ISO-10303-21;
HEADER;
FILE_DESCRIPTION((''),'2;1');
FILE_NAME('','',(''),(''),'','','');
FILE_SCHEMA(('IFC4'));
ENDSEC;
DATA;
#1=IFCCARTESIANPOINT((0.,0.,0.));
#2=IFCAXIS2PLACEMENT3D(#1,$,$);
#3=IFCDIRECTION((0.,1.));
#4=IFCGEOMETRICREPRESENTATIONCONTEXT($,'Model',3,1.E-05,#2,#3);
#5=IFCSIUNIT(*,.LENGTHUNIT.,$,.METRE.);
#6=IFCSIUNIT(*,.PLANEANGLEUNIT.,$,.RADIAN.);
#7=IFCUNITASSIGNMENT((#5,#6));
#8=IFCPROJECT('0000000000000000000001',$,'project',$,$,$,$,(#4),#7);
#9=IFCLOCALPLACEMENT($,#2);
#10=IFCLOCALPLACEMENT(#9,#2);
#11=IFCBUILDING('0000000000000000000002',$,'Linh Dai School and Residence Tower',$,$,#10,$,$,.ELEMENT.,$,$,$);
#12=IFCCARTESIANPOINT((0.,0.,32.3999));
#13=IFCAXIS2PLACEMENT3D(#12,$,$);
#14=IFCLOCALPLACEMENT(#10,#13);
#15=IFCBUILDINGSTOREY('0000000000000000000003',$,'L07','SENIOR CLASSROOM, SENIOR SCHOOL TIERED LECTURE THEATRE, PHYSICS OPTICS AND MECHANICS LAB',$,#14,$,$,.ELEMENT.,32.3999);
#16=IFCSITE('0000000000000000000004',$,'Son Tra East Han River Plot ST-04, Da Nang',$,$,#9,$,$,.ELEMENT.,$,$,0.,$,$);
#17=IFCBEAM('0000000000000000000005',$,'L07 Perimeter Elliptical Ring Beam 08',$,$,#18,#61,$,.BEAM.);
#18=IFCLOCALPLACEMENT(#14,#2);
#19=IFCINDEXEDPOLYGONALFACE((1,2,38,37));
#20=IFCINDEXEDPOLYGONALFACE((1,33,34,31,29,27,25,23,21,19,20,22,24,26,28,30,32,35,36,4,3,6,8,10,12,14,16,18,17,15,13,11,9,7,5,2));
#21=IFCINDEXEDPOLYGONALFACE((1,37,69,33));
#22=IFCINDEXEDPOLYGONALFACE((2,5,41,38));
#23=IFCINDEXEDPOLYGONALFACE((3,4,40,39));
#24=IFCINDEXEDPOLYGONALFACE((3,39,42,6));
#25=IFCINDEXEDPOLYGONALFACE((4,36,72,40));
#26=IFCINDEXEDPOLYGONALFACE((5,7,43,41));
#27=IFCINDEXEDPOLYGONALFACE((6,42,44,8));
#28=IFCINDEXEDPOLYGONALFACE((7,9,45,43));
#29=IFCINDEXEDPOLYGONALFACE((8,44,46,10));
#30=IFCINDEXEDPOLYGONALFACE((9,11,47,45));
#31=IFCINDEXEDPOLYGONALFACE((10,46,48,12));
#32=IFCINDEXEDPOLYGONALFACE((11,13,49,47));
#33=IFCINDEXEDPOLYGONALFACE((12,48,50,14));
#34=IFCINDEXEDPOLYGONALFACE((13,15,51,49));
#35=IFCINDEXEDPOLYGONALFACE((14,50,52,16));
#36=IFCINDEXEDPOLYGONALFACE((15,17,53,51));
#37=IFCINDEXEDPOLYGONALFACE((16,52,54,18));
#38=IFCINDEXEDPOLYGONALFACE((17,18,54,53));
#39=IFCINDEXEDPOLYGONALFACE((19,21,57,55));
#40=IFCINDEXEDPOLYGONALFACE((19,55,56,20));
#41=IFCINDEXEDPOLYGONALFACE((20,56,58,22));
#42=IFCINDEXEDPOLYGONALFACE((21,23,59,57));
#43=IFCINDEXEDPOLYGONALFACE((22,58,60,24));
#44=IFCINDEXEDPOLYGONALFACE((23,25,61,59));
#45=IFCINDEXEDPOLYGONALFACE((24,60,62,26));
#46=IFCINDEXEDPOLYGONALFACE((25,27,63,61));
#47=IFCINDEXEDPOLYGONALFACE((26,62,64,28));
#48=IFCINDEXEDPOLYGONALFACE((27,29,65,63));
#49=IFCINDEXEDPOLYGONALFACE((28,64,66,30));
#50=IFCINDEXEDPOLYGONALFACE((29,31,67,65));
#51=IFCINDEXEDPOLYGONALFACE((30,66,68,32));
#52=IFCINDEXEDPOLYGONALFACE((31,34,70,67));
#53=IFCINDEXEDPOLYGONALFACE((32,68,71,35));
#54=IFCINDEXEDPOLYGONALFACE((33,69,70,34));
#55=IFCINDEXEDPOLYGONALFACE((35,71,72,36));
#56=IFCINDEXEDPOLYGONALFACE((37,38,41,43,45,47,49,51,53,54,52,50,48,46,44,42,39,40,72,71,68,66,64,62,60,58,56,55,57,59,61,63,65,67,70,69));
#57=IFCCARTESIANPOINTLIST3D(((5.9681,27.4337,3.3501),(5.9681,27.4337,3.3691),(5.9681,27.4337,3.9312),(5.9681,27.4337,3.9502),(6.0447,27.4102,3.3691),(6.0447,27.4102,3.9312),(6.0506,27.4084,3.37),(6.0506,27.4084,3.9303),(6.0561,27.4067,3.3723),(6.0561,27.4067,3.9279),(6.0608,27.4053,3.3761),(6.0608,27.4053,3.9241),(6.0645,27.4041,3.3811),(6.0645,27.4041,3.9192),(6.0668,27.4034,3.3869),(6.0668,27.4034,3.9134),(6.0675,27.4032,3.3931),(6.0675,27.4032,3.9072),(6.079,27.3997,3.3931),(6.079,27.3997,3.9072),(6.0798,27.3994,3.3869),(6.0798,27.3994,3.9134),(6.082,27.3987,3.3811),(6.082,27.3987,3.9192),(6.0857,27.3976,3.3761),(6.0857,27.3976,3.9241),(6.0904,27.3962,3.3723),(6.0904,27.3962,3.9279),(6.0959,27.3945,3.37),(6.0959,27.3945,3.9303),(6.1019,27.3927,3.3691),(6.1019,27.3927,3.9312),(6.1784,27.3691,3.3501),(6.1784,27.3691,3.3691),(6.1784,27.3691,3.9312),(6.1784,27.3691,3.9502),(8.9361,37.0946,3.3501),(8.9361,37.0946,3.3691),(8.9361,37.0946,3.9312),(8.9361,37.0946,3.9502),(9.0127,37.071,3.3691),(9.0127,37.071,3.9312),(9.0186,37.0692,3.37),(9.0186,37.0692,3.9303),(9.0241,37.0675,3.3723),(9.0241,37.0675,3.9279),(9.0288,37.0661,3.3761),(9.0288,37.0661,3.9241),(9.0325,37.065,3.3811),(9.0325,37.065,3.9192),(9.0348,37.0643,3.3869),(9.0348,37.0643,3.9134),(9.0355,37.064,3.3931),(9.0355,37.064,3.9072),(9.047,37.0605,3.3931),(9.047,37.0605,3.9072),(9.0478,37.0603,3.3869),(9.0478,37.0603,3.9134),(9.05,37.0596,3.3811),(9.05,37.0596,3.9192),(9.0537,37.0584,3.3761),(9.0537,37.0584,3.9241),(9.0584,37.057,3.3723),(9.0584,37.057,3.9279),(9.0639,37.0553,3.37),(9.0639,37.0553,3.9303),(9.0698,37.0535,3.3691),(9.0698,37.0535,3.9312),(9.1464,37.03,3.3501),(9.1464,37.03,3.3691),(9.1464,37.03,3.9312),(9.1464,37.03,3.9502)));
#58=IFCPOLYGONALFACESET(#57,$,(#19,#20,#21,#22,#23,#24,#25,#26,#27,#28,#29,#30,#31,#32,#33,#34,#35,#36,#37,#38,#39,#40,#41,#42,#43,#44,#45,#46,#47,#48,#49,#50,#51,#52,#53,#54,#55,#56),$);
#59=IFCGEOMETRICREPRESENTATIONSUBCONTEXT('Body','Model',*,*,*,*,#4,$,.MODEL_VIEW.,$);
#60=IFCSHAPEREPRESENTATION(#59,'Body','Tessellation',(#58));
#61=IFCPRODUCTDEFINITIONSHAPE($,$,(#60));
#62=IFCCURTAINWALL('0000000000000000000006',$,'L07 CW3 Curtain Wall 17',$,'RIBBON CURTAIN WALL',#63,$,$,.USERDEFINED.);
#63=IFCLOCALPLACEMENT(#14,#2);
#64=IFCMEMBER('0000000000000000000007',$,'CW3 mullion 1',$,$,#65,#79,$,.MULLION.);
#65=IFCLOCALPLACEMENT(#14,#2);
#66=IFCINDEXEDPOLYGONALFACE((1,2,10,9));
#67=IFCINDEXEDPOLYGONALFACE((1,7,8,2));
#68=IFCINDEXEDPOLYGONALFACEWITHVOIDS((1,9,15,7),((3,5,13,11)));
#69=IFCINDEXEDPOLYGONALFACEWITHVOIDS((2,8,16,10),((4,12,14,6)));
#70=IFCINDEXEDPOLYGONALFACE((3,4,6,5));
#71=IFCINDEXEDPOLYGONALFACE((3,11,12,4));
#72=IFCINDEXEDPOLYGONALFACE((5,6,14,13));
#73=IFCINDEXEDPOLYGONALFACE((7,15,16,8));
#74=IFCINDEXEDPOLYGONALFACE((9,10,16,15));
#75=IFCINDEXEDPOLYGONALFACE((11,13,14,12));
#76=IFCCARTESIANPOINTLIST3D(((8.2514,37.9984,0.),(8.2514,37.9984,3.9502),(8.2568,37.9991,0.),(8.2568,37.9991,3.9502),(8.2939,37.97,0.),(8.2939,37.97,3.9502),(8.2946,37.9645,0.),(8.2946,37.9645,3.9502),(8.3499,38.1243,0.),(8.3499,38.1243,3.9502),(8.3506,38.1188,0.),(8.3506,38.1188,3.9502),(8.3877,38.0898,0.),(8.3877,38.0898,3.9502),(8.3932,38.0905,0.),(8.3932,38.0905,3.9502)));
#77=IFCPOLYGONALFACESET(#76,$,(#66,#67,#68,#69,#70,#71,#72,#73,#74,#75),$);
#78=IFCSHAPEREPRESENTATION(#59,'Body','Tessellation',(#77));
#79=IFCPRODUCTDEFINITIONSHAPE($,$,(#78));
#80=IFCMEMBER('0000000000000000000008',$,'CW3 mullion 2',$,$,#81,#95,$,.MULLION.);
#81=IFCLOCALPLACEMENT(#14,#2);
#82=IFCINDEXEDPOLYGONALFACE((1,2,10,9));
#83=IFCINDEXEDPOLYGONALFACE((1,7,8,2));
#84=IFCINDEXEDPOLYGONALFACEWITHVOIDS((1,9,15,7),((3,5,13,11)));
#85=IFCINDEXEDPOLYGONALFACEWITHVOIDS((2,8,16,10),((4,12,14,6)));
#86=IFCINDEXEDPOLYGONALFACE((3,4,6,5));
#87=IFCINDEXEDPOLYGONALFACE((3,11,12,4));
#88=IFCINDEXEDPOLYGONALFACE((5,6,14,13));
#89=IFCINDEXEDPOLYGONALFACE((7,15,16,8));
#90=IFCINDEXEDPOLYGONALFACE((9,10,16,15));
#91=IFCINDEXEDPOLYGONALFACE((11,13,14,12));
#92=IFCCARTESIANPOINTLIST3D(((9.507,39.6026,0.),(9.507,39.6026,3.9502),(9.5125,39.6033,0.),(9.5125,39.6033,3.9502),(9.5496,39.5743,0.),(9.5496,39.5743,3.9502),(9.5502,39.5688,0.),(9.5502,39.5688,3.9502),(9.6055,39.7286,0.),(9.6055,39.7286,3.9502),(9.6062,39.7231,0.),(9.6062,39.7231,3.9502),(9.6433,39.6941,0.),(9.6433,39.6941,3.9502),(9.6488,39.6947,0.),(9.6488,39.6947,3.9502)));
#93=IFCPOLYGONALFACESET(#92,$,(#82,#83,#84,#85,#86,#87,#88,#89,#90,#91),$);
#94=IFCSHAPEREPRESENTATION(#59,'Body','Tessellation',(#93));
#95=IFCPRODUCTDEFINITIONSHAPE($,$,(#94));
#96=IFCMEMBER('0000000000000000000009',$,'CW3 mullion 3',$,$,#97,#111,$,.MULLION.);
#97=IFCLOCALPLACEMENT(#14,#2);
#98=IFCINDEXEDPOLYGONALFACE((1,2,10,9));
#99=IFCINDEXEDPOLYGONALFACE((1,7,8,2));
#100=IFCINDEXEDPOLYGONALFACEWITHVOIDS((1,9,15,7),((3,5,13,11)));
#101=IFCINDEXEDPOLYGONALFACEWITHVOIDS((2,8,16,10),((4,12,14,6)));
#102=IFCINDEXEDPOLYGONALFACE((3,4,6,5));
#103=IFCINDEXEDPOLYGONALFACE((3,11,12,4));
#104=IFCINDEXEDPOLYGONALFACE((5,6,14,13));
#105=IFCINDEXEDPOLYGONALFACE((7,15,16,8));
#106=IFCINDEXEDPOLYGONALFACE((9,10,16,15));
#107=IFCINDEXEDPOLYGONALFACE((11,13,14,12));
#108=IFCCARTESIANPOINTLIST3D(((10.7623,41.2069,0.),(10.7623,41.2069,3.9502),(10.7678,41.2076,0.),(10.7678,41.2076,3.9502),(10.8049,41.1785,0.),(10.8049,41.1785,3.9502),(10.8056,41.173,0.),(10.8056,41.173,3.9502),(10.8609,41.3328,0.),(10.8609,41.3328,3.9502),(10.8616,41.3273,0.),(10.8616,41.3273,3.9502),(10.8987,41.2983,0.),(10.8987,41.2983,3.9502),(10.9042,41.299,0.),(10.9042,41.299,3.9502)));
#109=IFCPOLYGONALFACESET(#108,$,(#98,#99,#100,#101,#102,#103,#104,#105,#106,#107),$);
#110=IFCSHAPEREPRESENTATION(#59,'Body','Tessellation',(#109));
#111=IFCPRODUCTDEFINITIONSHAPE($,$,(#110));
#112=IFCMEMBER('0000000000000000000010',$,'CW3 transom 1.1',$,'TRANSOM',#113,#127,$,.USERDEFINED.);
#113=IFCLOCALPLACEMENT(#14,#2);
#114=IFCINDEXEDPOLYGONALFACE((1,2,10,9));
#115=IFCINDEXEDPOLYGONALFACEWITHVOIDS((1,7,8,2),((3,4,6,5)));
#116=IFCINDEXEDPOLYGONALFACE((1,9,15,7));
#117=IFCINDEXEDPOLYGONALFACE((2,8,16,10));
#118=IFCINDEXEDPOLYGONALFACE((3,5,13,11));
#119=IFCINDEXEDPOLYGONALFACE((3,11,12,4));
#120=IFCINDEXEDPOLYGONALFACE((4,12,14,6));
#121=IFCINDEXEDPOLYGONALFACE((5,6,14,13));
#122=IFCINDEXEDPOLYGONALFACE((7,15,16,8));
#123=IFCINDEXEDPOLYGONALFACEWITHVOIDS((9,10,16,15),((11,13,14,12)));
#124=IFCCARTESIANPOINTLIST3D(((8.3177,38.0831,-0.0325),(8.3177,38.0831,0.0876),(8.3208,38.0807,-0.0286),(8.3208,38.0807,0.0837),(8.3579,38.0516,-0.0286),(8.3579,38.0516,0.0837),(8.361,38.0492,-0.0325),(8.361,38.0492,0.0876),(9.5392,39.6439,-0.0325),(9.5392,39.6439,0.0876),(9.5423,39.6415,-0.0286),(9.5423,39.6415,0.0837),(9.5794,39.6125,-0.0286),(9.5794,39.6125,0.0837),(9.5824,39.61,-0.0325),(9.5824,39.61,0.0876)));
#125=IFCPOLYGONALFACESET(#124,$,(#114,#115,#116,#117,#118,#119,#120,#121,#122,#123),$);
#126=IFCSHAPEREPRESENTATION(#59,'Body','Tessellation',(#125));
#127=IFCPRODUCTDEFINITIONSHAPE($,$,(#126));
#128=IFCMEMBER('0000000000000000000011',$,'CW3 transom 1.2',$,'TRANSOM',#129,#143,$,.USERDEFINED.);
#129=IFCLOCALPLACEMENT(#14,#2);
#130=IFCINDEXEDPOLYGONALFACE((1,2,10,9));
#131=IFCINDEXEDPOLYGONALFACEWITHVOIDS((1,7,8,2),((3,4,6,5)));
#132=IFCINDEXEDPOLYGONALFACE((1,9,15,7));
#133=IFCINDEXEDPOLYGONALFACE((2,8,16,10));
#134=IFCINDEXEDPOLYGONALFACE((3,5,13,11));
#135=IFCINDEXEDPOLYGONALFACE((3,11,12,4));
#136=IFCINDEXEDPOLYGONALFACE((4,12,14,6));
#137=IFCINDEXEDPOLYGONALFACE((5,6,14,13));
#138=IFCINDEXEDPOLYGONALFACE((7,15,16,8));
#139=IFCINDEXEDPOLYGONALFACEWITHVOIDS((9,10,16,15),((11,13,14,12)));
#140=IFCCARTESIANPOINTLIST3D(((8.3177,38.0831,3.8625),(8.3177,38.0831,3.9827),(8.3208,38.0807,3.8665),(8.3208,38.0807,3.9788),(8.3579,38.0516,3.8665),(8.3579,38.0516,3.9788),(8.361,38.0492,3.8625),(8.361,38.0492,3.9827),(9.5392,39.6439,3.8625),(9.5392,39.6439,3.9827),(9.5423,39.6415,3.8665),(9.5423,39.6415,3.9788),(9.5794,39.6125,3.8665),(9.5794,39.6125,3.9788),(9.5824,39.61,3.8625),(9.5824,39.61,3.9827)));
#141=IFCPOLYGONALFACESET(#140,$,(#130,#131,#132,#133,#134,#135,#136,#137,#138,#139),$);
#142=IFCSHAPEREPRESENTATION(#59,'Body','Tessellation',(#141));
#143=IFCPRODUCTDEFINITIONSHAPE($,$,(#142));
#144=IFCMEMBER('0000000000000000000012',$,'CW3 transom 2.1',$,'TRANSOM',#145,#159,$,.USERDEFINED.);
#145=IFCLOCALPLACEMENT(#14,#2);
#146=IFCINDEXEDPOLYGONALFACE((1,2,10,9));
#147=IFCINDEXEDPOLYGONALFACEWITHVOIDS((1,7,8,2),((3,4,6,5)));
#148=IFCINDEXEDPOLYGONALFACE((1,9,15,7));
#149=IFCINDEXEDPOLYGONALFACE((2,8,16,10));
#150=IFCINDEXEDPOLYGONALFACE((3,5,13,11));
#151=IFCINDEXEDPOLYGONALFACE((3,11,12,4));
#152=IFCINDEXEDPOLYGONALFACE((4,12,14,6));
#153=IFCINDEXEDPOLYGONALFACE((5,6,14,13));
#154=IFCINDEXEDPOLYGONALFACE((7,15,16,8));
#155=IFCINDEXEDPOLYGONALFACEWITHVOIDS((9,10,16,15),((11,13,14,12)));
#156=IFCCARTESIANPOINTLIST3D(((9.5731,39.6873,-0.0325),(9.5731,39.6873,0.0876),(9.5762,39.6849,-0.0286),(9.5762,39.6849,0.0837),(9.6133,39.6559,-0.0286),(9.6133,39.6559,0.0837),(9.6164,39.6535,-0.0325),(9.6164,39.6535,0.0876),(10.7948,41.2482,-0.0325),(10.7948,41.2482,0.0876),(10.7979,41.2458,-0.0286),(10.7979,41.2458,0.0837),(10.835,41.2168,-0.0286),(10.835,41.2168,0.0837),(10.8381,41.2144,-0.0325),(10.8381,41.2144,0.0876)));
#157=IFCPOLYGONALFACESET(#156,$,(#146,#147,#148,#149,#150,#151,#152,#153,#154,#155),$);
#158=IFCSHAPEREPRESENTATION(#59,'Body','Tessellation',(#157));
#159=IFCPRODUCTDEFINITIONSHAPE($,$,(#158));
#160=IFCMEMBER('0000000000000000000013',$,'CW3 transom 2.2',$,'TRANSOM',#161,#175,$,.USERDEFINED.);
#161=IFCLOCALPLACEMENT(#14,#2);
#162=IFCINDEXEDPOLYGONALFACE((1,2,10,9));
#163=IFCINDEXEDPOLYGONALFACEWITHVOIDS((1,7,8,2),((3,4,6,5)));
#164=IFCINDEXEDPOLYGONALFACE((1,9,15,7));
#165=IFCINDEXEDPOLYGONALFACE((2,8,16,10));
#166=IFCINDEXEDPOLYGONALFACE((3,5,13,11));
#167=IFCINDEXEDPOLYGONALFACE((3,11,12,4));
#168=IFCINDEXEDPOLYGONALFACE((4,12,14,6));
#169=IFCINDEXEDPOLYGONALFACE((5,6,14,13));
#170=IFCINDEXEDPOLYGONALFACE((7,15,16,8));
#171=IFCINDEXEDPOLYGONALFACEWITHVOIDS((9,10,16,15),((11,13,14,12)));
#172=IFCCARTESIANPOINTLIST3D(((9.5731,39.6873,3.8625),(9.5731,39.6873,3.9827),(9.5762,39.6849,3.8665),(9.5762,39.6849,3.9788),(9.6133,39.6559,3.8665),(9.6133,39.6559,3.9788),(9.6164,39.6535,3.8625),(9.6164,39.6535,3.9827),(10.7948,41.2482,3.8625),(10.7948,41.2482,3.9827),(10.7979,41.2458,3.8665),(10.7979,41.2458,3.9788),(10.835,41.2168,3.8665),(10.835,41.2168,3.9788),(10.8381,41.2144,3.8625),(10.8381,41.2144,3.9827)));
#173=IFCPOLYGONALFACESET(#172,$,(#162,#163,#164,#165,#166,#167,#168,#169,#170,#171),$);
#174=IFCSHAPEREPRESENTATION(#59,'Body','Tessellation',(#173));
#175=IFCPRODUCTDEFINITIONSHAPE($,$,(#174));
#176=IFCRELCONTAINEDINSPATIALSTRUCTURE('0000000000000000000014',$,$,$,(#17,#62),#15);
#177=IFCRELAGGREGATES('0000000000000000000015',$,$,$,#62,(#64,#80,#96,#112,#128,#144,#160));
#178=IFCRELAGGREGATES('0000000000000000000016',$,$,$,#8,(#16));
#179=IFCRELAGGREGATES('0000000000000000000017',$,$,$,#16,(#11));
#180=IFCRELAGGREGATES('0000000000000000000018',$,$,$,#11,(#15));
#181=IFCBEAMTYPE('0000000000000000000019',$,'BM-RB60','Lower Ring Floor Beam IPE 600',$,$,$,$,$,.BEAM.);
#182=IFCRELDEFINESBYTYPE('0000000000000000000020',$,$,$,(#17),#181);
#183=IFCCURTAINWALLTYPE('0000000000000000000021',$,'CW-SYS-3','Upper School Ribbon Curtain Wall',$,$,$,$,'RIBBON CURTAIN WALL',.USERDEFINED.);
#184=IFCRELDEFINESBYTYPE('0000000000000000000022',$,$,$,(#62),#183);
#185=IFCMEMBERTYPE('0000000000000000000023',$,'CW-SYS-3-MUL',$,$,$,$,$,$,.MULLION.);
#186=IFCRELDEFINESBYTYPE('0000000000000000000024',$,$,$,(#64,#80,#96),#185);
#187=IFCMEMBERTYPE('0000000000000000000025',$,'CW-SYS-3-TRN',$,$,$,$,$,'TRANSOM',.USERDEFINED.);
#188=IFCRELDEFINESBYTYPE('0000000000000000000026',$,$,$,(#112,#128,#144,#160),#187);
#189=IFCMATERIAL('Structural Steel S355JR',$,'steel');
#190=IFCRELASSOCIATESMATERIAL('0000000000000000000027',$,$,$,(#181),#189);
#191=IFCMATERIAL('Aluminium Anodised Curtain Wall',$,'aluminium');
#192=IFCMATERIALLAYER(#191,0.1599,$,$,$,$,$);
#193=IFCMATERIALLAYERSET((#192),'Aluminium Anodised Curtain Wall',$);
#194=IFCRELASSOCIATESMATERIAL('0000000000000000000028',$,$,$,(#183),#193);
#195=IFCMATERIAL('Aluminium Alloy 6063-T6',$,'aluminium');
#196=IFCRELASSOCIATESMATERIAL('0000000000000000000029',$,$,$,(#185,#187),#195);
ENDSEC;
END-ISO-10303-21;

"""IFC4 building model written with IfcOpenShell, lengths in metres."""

from ifc_helpers import new_model, si_unit, direction, frame, origin, origin_2d, place, context, subcontext, project, spatial, hollow_rectangle, i_section, extrude, source, transform, mapped, material, layer, layer_set, material_profile, profile_set, type_object, element, aggregate, save


model = new_model("IFC4")

# Units and contexts
model_context = context("Model", 3, precision=1e-05, world=origin(), true_north=direction((0.0, 1.0)))
body_context = subcontext(model_context, "Body", "Model", "MODEL_VIEW")
ifc_project = project(units=[si_unit("LENGTHUNIT", "METRE"), si_unit("PLANEANGLEUNIT", "RADIAN")], contexts=[model_context])

# Site, building, storey
site_placement = place(None, origin())
site = spatial("IfcSite", under=ifc_project, at=site_placement, Name="Son Tra East Han River Plot ST-04, Da Nang", CompositionType="ELEMENT", RefElevation=0.0)
building_placement = place(site_placement, origin())
building = spatial("IfcBuilding", under=site, at=building_placement, Name="Linh Dai School and Residence Tower", CompositionType="ELEMENT")
storey_placement = place(building_placement, frame((0.0, 0.0, 32.3999)))
storey = spatial("IfcBuildingStorey", under=building, at=storey_placement, Name="L07", Description="SENIOR CLASSROOM, SENIOR SCHOOL TIERED LECTURE THEATRE, PHYSICS OPTICS AND MECHANICS LAB", CompositionType="ELEMENT", Elevation=32.3999)

# Shared definitions
ifc_material_1 = material(Name="Structural Steel S355JR", Category="steel")

# Beam
ifc_material_profile_1 = material_profile(ifc_material_1, i_section(OverallWidth=0.22, OverallDepth=0.6001, WebThickness=0.012, FlangeThickness=0.019, FilletRadius=0.0239, at=origin_2d()), Name="IPE 600")
ifc_profile_set_1 = profile_set([ifc_material_profile_1], Name="Structural Steel S355JR")
beam_type_1 = type_object("IfcBeamType", Name="BM-RB60", Description="Lower Ring Floor Beam IPE 600", PredefinedType="BEAM", material=ifc_profile_set_1)
beam_1_placement = place(storey_placement, frame((9.0413, 37.0623, 3.6501), z_axis=(-0.293673, -0.955906, 0.0), x_axis=(0.955906, -0.293673, 0.0)))
element("IfcBeam", 1, at=beam_1_placement, inside=storey, type_object=beam_type_1, Name="L07 Perimeter Elliptical Ring Beam 08", PredefinedType="BEAM", context=body_context, shape_type="SweptSolid", body=[
    extrude(i_section(OverallWidth=0.22, OverallDepth=0.6001, WebThickness=0.012, FlangeThickness=0.019, FilletRadius=0.0239, at=origin_2d()), origin(), (0.0, 0.0, 1.0), 10.1064),
])

# Curtain wall, members
ifc_material_2 = material(Name="Aluminium Anodised Curtain Wall", Category="aluminium")
ifc_layer_1 = layer(ifc_material_2, 0.1599)
ifc_layer_set_1 = layer_set([ifc_layer_1], Name="Aluminium Anodised Curtain Wall")
curtain_wall_type = type_object("IfcCurtainWallType", Name="CW-SYS-3", Description="Upper School Ribbon Curtain Wall", ElementType="RIBBON CURTAIN WALL", PredefinedType="USERDEFINED", material=ifc_layer_set_1)
curtain_wall_placement = place(storey_placement, origin())
curtain_wall = element("IfcCurtainWall", 2, at=curtain_wall_placement, inside=storey, type_object=curtain_wall_type, Name="L07 CW3 Curtain Wall 17", ObjectType="RIBBON CURTAIN WALL", PredefinedType="USERDEFINED")
ifc_material_3 = material(Name="Aluminium Alloy 6063-T6", Category="aluminium")
ifc_material_profile_2 = material_profile(ifc_material_3, hollow_rectangle(XDim=0.0549, YDim=0.1599, WallThickness=0.0039, at=origin_2d()), Name="RHS 160x55x4")
ifc_profile_set_2 = profile_set([ifc_material_profile_2], Name="Aluminium Alloy 6063-T6")
member_type_1 = type_object("IfcMemberType", Name="CW-SYS-3-MUL", PredefinedType="MULLION", material=ifc_profile_set_2)
shared_shape_1 = source(origin(), body_context, "Body", "SweptSolid", [
    extrude(hollow_rectangle(XDim=0.0549, YDim=0.1599, WallThickness=0.0039, at=origin_2d()), origin(), (0.0, 0.0, 1.0), 3.9502),
])
member_1_placement = place(storey_placement, frame((8.3223, 38.0444, 0.0), z_axis=(0.0, 0.0, 1.0), x_axis=(-0.787496, 0.616319, 0.0)))
member_1 = element("IfcMember", 3, at=member_1_placement, type_object=member_type_1, Name="CW3 mullion 1", PredefinedType="MULLION", context=body_context, shape_type="MappedRepresentation", body=[
    mapped(shared_shape_1, transform((0.0, 0.0, 0.0), x_axis=(1.0, 0.0, 0.0), y_axis=(0.0, 1.0, 0.0), z_axis=(0.0, 0.0, 1.0), scale=1.0)),
])
member_2_placement = place(storey_placement, frame((9.5779, 39.6487, 0.0), z_axis=(0.0, 0.0, 1.0), x_axis=(-0.787496, 0.616319, 0.0)))
member_2 = element("IfcMember", 4, at=member_2_placement, type_object=member_type_1, Name="CW3 mullion 2", PredefinedType="MULLION", context=body_context, shape_type="MappedRepresentation", body=[
    mapped(shared_shape_1, transform((0.0, 0.0, 0.0), x_axis=(1.0, 0.0, 0.0), y_axis=(0.0, 1.0, 0.0), z_axis=(0.0, 0.0, 1.0), scale=1.0)),
])
member_3_placement = place(storey_placement, frame((10.8333, 41.2529, 0.0), z_axis=(0.0, 0.0, 1.0), x_axis=(-0.787496, 0.616319, 0.0)))
member_3 = element("IfcMember", 5, at=member_3_placement, type_object=member_type_1, Name="CW3 mullion 3", PredefinedType="MULLION", context=body_context, shape_type="MappedRepresentation", body=[
    mapped(shared_shape_1, transform((0.0, 0.0, 0.0), x_axis=(1.0, 0.0, 0.0), y_axis=(0.0, 1.0, 0.0), z_axis=(0.0, 0.0, 1.0), scale=1.0)),
])
ifc_material_profile_3 = material_profile(ifc_material_3, hollow_rectangle(XDim=0.0549, YDim=0.1201, WallThickness=0.0039, at=origin_2d()), Name="RHS 120x55x4")
ifc_profile_set_3 = profile_set([ifc_material_profile_3], Name="Aluminium Alloy 6063-T6")
member_type_2 = type_object("IfcMemberType", Name="CW-SYS-3-TRN", ElementType="TRANSOM", PredefinedType="USERDEFINED", material=ifc_profile_set_3)
shared_shape_2 = source(origin(), body_context, "Body", "SweptSolid", [
    extrude(hollow_rectangle(XDim=0.0549, YDim=0.1201, WallThickness=0.0039, at=origin_2d()), origin(), (0.0, 0.0, 1.0), 1.9819),
])
member_4_placement = place(storey_placement, frame((8.3394, 38.0662, 0.0276), z_axis=(0.616292, 0.787518, 0.0), x_axis=(-0.787518, 0.616292, 0.0)))
member_4 = element("IfcMember", 6, at=member_4_placement, type_object=member_type_2, Name="CW3 transom 1.1", ObjectType="TRANSOM", PredefinedType="USERDEFINED", context=body_context, shape_type="MappedRepresentation", body=[
    mapped(shared_shape_2, transform((0.0, 0.0, 0.0), x_axis=(1.0, 0.0, 0.0), y_axis=(0.0, 1.0, 0.0), z_axis=(0.0, 0.0, 1.0), scale=1.0)),
])
member_5_placement = place(storey_placement, frame((8.3394, 38.0662, 3.9226), z_axis=(0.616292, 0.787518, 0.0), x_axis=(-0.787518, 0.616292, 0.0)))
member_5 = element("IfcMember", 7, at=member_5_placement, type_object=member_type_2, Name="CW3 transom 1.2", ObjectType="TRANSOM", PredefinedType="USERDEFINED", context=body_context, shape_type="MappedRepresentation", body=[
    mapped(shared_shape_2, transform((0.0, 0.0, 0.0), x_axis=(1.0, 0.0, 0.0), y_axis=(0.0, 1.0, 0.0), z_axis=(0.0, 0.0, 1.0), scale=1.0)),
])
shared_shape_3 = source(origin(), body_context, "Body", "SweptSolid", [
    extrude(hollow_rectangle(XDim=0.0549, YDim=0.1201, WallThickness=0.0039, at=origin_2d()), origin(), (0.0, 0.0, 1.0), 1.9822),
])
member_6_placement = place(storey_placement, frame((9.5947, 39.6704, 0.0276), z_axis=(0.616368, 0.787458, 0.0), x_axis=(-0.787458, 0.616368, 0.0)))
member_6 = element("IfcMember", 8, at=member_6_placement, type_object=member_type_2, Name="CW3 transom 2.1", ObjectType="TRANSOM", PredefinedType="USERDEFINED", context=body_context, shape_type="MappedRepresentation", body=[
    mapped(shared_shape_3, transform((0.0, 0.0, 0.0), x_axis=(1.0, 0.0, 0.0), y_axis=(0.0, 1.0, 0.0), z_axis=(0.0, 0.0, 1.0), scale=1.0)),
])
member_7_placement = place(storey_placement, frame((9.5947, 39.6704, 3.9226), z_axis=(0.616368, 0.787458, 0.0), x_axis=(-0.787458, 0.616368, 0.0)))
member_7 = element("IfcMember", 9, at=member_7_placement, type_object=member_type_2, Name="CW3 transom 2.2", ObjectType="TRANSOM", PredefinedType="USERDEFINED", context=body_context, shape_type="MappedRepresentation", body=[
    mapped(shared_shape_3, transform((0.0, 0.0, 0.0), x_axis=(1.0, 0.0, 0.0), y_axis=(0.0, 1.0, 0.0), z_axis=(0.0, 0.0, 1.0), scale=1.0)),
])

aggregate(curtain_wall, [member_1, member_2, member_3, member_4, member_5, member_6, member_7])

save(model, "model.ifc")
